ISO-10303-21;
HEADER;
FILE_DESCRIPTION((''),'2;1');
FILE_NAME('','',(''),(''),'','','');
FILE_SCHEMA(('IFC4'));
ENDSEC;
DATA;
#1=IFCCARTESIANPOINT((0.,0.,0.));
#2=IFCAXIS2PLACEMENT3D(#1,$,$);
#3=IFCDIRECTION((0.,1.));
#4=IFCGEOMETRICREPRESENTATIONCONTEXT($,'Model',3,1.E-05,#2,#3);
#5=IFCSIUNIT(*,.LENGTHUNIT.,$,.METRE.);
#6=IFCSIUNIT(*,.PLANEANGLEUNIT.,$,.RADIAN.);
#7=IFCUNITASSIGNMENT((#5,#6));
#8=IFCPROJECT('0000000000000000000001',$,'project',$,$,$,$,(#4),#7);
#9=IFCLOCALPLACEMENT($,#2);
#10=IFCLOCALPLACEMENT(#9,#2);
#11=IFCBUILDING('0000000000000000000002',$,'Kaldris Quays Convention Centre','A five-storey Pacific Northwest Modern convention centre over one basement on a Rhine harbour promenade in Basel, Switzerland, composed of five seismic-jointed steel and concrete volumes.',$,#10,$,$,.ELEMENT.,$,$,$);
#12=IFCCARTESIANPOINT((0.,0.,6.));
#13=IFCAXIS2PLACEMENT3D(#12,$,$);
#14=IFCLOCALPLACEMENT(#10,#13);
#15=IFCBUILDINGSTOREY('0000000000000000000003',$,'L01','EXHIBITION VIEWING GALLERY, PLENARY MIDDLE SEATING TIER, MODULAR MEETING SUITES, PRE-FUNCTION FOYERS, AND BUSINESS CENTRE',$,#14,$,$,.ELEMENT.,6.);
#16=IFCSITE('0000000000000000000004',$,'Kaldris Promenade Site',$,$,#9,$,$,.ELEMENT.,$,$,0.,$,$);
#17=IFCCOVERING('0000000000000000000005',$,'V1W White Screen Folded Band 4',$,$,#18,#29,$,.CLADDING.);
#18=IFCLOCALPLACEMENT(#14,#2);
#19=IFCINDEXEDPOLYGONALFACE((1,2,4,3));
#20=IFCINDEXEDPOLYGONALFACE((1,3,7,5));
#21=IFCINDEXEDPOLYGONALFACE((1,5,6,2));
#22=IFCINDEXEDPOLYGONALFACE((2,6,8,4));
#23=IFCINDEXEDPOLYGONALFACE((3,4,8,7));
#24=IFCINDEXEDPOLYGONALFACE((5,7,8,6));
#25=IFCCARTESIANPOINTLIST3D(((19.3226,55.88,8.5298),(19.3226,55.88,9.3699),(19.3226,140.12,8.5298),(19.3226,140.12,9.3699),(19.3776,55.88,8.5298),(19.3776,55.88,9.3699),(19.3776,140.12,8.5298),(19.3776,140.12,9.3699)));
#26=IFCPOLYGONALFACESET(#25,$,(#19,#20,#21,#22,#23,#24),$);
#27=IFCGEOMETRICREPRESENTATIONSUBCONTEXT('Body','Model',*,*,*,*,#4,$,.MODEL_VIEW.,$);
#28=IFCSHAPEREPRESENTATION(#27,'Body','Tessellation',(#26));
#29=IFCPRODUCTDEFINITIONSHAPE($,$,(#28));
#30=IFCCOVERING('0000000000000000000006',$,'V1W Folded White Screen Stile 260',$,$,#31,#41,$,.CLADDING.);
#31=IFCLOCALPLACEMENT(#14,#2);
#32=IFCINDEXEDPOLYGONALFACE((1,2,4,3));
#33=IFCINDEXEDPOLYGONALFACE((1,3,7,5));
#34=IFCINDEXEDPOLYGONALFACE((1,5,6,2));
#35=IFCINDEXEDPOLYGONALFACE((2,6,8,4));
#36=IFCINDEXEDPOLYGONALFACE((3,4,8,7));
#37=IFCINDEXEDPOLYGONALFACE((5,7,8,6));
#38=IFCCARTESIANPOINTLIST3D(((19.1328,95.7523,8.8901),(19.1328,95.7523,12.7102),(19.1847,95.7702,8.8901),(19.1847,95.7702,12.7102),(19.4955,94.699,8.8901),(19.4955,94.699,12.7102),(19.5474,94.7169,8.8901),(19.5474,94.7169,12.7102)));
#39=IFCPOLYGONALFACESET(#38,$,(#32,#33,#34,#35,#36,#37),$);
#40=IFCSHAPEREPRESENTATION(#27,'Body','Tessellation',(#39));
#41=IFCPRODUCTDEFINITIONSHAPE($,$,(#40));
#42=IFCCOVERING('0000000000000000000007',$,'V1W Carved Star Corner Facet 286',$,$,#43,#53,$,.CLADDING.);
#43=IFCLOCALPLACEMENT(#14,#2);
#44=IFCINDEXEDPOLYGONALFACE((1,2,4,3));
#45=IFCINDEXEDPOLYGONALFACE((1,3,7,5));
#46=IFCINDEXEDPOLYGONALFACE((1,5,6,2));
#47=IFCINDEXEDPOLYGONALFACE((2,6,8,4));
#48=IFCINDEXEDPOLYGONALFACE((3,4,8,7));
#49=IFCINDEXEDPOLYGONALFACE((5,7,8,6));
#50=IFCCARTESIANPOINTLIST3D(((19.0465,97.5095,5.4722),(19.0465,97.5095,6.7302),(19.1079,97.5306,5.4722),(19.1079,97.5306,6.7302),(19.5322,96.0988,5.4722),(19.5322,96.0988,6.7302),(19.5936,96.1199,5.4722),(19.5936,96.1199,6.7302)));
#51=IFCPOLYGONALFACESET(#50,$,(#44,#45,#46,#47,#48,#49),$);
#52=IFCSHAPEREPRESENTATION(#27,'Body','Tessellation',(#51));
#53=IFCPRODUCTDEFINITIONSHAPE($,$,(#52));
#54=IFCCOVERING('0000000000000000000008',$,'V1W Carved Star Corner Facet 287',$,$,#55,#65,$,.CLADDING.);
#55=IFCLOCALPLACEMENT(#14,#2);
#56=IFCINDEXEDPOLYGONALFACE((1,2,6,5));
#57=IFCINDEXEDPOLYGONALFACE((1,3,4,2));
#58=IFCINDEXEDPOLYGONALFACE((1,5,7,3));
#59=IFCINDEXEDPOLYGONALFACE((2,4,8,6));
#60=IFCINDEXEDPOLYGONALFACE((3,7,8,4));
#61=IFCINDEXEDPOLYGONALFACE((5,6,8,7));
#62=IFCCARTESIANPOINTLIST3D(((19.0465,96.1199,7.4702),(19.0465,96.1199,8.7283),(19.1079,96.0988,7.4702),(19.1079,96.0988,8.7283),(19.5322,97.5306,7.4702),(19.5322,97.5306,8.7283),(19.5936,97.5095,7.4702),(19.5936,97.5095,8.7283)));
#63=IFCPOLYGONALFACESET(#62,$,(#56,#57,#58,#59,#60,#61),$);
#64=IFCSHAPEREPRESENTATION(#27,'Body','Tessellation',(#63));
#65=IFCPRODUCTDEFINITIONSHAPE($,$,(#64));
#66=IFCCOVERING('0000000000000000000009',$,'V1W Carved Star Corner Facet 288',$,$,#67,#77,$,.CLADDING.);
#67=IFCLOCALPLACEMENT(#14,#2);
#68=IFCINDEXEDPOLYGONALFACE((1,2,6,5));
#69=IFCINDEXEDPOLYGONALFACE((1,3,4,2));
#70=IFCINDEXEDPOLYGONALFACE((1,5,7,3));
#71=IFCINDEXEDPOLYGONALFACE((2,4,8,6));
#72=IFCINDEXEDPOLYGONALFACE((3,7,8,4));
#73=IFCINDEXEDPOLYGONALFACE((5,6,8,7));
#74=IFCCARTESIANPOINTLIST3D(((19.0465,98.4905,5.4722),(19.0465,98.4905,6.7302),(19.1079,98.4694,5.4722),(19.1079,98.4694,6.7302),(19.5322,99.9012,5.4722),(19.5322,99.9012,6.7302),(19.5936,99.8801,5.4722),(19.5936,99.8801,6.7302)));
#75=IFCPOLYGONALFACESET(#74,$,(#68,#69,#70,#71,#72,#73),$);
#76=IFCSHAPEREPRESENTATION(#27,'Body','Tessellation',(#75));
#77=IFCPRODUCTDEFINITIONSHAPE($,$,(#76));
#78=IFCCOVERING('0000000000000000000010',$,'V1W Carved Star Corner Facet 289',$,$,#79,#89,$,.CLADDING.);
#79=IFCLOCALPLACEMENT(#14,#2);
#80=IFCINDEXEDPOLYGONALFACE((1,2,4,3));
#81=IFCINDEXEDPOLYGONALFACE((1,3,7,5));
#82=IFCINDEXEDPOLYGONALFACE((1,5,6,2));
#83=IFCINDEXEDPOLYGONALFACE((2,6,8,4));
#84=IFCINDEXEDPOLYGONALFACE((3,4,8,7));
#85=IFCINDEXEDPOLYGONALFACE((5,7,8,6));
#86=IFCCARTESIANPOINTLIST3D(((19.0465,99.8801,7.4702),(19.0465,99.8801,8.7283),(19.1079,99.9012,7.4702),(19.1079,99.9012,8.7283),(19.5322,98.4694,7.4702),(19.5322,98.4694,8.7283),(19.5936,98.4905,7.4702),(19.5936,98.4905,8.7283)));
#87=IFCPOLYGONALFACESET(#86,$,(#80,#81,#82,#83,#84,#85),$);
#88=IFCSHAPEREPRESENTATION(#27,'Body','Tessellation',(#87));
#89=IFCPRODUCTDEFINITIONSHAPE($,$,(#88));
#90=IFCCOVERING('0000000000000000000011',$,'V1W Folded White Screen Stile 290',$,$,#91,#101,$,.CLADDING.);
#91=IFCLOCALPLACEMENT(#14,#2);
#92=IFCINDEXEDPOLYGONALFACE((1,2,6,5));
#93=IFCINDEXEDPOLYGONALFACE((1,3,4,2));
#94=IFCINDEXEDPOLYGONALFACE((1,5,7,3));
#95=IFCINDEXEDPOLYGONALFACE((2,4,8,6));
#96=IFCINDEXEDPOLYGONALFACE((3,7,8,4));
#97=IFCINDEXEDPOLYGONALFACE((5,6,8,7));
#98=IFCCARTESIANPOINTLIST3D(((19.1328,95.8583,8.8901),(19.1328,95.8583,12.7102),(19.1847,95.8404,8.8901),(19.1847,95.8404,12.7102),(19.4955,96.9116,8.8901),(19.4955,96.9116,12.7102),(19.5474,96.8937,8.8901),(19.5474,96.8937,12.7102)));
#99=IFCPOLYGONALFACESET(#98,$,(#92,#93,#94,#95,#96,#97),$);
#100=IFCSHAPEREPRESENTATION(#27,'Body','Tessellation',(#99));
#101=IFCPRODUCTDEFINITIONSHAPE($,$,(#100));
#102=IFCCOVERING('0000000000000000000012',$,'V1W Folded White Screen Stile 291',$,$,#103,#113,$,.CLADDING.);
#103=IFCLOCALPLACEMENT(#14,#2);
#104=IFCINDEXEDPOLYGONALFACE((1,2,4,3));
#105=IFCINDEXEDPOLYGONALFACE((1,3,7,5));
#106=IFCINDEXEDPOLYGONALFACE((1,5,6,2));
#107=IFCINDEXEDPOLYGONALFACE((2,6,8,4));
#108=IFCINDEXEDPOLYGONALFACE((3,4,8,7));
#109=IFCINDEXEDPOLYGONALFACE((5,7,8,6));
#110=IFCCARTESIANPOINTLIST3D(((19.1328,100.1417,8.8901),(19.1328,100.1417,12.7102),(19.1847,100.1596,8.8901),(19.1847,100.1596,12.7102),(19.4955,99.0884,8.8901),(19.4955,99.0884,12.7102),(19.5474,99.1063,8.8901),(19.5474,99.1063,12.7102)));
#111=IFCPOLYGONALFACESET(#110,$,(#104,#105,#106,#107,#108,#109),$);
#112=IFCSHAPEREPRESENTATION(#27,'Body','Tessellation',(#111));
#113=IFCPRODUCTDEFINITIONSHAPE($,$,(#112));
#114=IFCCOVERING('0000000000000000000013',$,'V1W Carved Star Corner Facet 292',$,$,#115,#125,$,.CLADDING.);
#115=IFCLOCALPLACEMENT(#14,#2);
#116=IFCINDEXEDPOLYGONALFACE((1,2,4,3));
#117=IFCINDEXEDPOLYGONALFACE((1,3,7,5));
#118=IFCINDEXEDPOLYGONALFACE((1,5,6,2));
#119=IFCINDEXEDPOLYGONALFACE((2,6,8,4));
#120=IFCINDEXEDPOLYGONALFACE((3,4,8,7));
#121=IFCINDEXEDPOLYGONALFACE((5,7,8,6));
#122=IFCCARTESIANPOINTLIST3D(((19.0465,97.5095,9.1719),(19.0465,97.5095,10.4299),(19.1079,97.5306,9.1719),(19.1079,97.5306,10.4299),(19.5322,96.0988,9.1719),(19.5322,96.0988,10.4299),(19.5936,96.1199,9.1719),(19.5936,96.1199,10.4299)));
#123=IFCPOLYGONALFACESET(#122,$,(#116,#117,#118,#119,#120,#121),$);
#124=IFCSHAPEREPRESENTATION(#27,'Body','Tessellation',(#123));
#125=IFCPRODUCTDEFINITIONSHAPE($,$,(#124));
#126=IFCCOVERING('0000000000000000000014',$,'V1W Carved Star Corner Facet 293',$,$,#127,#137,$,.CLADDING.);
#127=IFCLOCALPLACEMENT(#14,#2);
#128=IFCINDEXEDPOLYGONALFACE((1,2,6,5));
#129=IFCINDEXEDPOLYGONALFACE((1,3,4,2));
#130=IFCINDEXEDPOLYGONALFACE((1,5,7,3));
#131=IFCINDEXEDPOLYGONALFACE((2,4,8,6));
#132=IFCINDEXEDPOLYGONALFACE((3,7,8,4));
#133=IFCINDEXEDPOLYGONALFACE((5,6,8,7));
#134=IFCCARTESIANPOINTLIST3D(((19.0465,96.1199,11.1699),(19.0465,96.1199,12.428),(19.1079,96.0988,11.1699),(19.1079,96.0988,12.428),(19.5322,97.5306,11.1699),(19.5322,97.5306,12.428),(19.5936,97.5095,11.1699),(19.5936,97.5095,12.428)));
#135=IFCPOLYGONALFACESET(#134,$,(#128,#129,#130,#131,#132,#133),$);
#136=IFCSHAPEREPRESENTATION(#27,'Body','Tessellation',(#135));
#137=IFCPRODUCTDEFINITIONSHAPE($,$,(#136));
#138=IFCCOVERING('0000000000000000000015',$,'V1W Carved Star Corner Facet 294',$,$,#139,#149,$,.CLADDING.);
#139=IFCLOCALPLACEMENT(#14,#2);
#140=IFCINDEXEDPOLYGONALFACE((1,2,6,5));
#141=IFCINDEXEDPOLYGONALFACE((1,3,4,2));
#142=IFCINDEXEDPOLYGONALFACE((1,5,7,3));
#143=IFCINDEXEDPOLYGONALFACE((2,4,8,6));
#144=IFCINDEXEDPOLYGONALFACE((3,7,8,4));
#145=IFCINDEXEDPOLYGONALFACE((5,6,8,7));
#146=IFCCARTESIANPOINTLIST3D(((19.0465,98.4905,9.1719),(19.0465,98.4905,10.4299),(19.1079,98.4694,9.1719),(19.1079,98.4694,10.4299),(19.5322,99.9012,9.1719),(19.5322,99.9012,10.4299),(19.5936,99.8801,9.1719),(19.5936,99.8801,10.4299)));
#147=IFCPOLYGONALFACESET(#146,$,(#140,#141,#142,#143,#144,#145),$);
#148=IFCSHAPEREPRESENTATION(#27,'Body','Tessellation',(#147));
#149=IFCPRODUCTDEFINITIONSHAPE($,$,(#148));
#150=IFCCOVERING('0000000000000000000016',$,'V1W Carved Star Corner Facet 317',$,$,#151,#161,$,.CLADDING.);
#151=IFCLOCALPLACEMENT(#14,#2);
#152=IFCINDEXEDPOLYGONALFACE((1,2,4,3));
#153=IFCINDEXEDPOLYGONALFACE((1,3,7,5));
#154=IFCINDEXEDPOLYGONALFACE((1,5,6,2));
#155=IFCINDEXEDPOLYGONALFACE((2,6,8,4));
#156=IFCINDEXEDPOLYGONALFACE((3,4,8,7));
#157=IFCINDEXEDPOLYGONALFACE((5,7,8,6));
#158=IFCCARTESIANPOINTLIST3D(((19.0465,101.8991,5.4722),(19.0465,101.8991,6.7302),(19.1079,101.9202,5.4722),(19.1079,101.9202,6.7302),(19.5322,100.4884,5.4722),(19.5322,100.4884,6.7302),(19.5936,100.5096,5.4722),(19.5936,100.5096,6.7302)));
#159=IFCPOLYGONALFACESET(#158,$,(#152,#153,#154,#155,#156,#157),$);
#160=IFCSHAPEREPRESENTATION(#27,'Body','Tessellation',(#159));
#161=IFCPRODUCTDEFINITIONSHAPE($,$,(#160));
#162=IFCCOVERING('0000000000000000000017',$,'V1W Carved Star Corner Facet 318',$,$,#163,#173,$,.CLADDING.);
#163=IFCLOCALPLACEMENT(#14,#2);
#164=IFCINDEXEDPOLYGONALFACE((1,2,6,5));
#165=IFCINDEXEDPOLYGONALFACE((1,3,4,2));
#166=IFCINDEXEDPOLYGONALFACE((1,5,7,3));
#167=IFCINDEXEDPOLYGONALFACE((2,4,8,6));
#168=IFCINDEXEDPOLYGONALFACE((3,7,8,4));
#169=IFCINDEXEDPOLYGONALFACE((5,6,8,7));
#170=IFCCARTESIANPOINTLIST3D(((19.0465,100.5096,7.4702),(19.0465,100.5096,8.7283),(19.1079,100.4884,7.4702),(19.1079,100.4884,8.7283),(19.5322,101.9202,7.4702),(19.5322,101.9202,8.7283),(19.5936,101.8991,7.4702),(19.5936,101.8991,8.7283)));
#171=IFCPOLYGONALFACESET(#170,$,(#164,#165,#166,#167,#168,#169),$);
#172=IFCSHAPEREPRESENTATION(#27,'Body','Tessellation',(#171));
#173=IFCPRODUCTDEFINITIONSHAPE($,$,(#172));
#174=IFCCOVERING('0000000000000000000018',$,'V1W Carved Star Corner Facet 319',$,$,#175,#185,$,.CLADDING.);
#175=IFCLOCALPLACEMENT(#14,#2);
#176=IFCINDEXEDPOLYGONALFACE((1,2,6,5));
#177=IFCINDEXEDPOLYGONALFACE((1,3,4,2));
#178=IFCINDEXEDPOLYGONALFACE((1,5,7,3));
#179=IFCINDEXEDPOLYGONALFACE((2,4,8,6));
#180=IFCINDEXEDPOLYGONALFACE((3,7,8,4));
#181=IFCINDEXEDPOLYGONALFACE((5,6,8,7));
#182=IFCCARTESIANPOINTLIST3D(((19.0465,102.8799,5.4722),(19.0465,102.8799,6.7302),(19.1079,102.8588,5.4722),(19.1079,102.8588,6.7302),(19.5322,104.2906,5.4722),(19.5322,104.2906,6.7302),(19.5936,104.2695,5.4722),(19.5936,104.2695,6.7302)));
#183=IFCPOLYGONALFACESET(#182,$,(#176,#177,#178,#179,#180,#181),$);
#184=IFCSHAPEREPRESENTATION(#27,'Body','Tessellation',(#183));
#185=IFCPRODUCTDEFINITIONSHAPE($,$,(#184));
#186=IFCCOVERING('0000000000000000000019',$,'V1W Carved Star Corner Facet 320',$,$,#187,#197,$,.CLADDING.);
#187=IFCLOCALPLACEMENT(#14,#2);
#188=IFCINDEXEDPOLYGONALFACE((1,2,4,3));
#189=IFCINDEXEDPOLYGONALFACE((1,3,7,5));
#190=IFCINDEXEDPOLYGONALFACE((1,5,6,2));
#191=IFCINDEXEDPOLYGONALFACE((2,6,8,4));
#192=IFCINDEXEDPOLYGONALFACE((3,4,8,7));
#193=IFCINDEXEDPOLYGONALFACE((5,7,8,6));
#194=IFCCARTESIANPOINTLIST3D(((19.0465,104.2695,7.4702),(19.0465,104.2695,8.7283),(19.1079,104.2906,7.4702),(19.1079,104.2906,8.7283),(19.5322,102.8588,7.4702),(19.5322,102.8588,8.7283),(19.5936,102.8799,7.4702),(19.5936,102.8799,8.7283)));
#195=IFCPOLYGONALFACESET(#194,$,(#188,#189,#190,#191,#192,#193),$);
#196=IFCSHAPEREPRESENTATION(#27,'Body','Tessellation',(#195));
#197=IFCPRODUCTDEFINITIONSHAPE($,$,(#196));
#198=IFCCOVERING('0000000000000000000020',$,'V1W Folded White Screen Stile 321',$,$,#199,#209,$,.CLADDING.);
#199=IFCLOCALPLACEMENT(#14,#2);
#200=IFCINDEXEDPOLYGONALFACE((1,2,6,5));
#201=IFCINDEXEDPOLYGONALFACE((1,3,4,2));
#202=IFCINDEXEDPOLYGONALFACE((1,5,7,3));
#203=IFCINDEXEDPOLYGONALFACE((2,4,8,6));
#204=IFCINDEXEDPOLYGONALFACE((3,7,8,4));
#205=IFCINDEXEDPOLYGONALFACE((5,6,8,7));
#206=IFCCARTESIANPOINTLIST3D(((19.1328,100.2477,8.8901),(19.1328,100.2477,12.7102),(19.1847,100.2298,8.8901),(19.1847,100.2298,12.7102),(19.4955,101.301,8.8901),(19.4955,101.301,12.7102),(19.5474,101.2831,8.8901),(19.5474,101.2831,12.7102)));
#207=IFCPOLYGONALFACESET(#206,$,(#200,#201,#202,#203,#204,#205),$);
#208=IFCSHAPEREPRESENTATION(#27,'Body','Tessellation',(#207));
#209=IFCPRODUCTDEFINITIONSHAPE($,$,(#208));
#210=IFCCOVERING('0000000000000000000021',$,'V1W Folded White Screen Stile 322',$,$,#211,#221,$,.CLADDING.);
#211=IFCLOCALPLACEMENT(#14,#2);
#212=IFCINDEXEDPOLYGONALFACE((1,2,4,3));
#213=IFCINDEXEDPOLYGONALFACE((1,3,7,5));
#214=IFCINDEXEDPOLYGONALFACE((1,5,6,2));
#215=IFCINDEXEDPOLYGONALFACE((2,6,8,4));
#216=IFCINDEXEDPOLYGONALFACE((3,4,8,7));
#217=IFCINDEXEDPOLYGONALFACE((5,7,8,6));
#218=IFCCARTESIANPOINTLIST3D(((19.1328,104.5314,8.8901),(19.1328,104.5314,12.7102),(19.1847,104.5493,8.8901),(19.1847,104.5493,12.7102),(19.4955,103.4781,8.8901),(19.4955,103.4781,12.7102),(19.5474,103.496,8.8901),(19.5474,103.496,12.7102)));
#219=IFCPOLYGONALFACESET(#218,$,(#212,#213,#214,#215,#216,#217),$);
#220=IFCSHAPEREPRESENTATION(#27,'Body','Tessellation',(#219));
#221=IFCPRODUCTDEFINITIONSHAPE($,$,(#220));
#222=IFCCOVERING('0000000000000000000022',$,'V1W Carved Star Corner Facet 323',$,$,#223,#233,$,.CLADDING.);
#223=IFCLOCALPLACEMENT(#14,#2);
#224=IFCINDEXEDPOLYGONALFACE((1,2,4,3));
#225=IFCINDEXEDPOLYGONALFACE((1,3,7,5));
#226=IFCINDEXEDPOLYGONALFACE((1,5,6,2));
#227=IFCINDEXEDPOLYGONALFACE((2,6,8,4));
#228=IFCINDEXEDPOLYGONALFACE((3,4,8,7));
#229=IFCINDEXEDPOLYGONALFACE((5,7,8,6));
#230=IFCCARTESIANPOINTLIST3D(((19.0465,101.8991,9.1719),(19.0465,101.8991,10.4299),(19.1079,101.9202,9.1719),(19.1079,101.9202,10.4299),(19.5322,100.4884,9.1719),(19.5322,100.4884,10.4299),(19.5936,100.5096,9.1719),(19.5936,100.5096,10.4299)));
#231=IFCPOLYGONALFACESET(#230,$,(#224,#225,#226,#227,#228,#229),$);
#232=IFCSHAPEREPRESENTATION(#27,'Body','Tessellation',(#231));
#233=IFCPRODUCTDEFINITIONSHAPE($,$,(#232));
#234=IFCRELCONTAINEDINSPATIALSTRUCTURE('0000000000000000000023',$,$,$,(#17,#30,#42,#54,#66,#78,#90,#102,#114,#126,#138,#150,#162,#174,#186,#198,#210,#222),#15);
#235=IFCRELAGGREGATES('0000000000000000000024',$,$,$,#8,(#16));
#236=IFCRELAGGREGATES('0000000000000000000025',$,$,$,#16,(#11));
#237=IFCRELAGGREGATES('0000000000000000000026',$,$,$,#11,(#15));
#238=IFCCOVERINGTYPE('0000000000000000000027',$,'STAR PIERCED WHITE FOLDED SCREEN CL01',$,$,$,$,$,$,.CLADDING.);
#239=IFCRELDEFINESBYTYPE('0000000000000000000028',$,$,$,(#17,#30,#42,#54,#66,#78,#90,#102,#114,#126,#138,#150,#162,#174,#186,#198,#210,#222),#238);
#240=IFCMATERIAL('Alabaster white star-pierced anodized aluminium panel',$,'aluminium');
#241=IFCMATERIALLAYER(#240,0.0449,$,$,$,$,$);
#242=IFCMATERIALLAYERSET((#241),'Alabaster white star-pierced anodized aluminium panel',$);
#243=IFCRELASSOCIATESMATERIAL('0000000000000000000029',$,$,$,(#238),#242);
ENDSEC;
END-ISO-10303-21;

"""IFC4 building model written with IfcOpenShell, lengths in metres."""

from ifc_helpers import new_model, si_unit, direction, frame, origin, origin_2d, place, context, subcontext, project, spatial, rectangle, extrude, material, layer, layer_set, type_object, element, save


model = new_model("IFC4")

# Units and contexts
model_context = context("Model", 3, precision=1e-05, world=origin(), true_north=direction((0.0, 1.0)))
body_context = subcontext(model_context, "Body", "Model", "MODEL_VIEW")
ifc_project = project(units=[si_unit("LENGTHUNIT", "METRE"), si_unit("PLANEANGLEUNIT", "RADIAN")], contexts=[model_context])

# Site, building, storey
site_placement = place(None, origin())
site = spatial("IfcSite", under=ifc_project, at=site_placement, Name="Kaldris Promenade Site", CompositionType="ELEMENT", RefElevation=0.0)
building_placement = place(site_placement, origin())
building = spatial("IfcBuilding", under=site, at=building_placement, Name="Kaldris Quays Convention Centre", Description="A five-storey Pacific Northwest Modern convention centre over one basement on a Rhine harbour promenade in Basel, Switzerland, composed of five seismic-jointed steel and concrete volumes.", CompositionType="ELEMENT")
storey_placement = place(building_placement, frame((0.0, 0.0, 6.0)))
storey = spatial("IfcBuildingStorey", under=building, at=storey_placement, Name="L01", Description="EXHIBITION VIEWING GALLERY, PLENARY MIDDLE SEATING TIER, MODULAR MEETING SUITES, PRE-FUNCTION FOYERS, AND BUSINESS CENTRE", CompositionType="ELEMENT", Elevation=6.0)

# Coverings
ifc_material_1 = material(Name="Alabaster white star-pierced anodized aluminium panel", Category="aluminium")
ifc_layer = layer(ifc_material_1, 0.0449)
ifc_layer_set = layer_set([ifc_layer], Name="Alabaster white star-pierced anodized aluminium panel")
covering_type = type_object("IfcCoveringType", Name="STAR PIERCED WHITE FOLDED SCREEN CL01", PredefinedType="CLADDING", material=ifc_layer_set)
covering_1_placement = place(storey_placement, frame((19.3501, 98.0, 8.5298), z_axis=(0.0, 0.0, 1.0), x_axis=(0.0, 1.0, 0.0)))
element("IfcCovering", 1, at=covering_1_placement, inside=storey, type_object=covering_type, Name="V1W White Screen Folded Band 4", PredefinedType="CLADDING", context=body_context, shape_type="SweptSolid", body=[
    extrude(rectangle(XDim=84.24, YDim=0.0549, at=origin_2d()), origin(), (0.0, 0.0, 1.0), 0.8401),
])
covering_2_placement = place(storey_placement, frame((19.3401, 95.2346, 8.8901), z_axis=(0.0, 0.0, 1.0), x_axis=(-0.325568, 0.945519, 0.0)))
element("IfcCovering", 2, at=covering_2_placement, inside=storey, type_object=covering_type, Name="V1W Folded White Screen Stile 260", PredefinedType="CLADDING", context=body_context, shape_type="SweptSolid", body=[
    extrude(rectangle(XDim=1.114, YDim=0.0549, at=origin_2d()), origin(), (0.0, 0.0, 1.0), 3.8201),
])
for number, where, z_axis, x_axis, name in (
    (3, (19.3201, 96.8147, 5.4722), (0.0, 0.0, 1.0), (-0.325568, 0.945519, 0.0), "V1W Carved Star Corner Facet 286"),
    (4, (19.3201, 96.8147, 7.4702), (0.0, 0.0, 1.0), (0.325568, 0.945519, 0.0), "V1W Carved Star Corner Facet 287"),
    (5, (19.3201, 99.1853, 5.4722), (0.0, 0.0, 1.0), (0.325568, 0.945519, 0.0), "V1W Carved Star Corner Facet 288"),
    (6, (19.3201, 99.1853, 7.4702), (0.0, 0.0, 1.0), (-0.325568, 0.945519, 0.0), "V1W Carved Star Corner Facet 289"),
):
    element("IfcCovering", number, at=place(storey_placement, frame(where, z_axis=z_axis, x_axis=x_axis)), inside=storey, type_object=covering_type, Name=name, PredefinedType="CLADDING", context=body_context, shape_type="SweptSolid", body=[
        extrude(rectangle(XDim=1.4919, YDim=0.0649, at=origin_2d()), origin(), (0.0, 0.0, 1.0), 1.2581),
    ])
for number, where, z_axis, x_axis, name in (
    (7, (19.3401, 96.376, 8.8901), (0.0, 0.0, 1.0), (0.325568, 0.945519, 0.0), "V1W Folded White Screen Stile 290"),
    (8, (19.3401, 99.624, 8.8901), (0.0, 0.0, 1.0), (-0.325568, 0.945519, 0.0), "V1W Folded White Screen Stile 291"),
):
    element("IfcCovering", number, at=place(storey_placement, frame(where, z_axis=z_axis, x_axis=x_axis)), inside=storey, type_object=covering_type, Name=name, PredefinedType="CLADDING", context=body_context, shape_type="SweptSolid", body=[
        extrude(rectangle(XDim=1.114, YDim=0.0549, at=origin_2d()), origin(), (0.0, 0.0, 1.0), 3.8201),
    ])
for number, where, z_axis, x_axis, name in (
    (9, (19.3201, 96.8147, 9.1719), (0.0, 0.0, 1.0), (-0.325568, 0.945519, 0.0), "V1W Carved Star Corner Facet 292"),
    (10, (19.3201, 96.8147, 11.1699), (0.0, 0.0, 1.0), (0.325568, 0.945519, 0.0), "V1W Carved Star Corner Facet 293"),
    (11, (19.3201, 99.1853, 9.1719), (0.0, 0.0, 1.0), (0.325568, 0.945519, 0.0), "V1W Carved Star Corner Facet 294"),
    (12, (19.3201, 101.2043, 5.4722), (0.0, 0.0, 1.0), (-0.325568, 0.945519, 0.0), "V1W Carved Star Corner Facet 317"),
    (13, (19.3201, 101.2043, 7.4702), (0.0, 0.0, 1.0), (0.325568, 0.945519, 0.0), "V1W Carved Star Corner Facet 318"),
    (14, (19.3201, 103.5747, 5.4722), (0.0, 0.0, 1.0), (0.325568, 0.945519, 0.0), "V1W Carved Star Corner Facet 319"),
    (15, (19.3201, 103.5747, 7.4702), (0.0, 0.0, 1.0), (-0.325568, 0.945519, 0.0), "V1W Carved Star Corner Facet 320"),
):
    element("IfcCovering", number, at=place(storey_placement, frame(where, z_axis=z_axis, x_axis=x_axis)), inside=storey, type_object=covering_type, Name=name, PredefinedType="CLADDING", context=body_context, shape_type="SweptSolid", body=[
        extrude(rectangle(XDim=1.4919, YDim=0.0649, at=origin_2d()), origin(), (0.0, 0.0, 1.0), 1.2581),
    ])
for number, where, z_axis, x_axis, name in (
    (16, (19.3401, 100.7654, 8.8901), (0.0, 0.0, 1.0), (0.325568, 0.945519, 0.0), "V1W Folded White Screen Stile 321"),
    (17, (19.3401, 104.0137, 8.8901), (0.0, 0.0, 1.0), (-0.325568, 0.945519, 0.0), "V1W Folded White Screen Stile 322"),
):
    element("IfcCovering", number, at=place(storey_placement, frame(where, z_axis=z_axis, x_axis=x_axis)), inside=storey, type_object=covering_type, Name=name, PredefinedType="CLADDING", context=body_context, shape_type="SweptSolid", body=[
        extrude(rectangle(XDim=1.114, YDim=0.0549, at=origin_2d()), origin(), (0.0, 0.0, 1.0), 3.8201),
    ])
for number, where, z_axis, x_axis, name in (
    (18, (19.3201, 101.2043, 9.1719), (0.0, 0.0, 1.0), (-0.325568, 0.945519, 0.0), "V1W Carved Star Corner Facet 323"),
):
    element("IfcCovering", number, at=place(storey_placement, frame(where, z_axis=z_axis, x_axis=x_axis)), inside=storey, type_object=covering_type, Name=name, PredefinedType="CLADDING", context=body_context, shape_type="SweptSolid", body=[
        extrude(rectangle(XDim=1.4919, YDim=0.0649, at=origin_2d()), origin(), (0.0, 0.0, 1.0), 1.2581),
    ])

save(model, "model.ifc")
